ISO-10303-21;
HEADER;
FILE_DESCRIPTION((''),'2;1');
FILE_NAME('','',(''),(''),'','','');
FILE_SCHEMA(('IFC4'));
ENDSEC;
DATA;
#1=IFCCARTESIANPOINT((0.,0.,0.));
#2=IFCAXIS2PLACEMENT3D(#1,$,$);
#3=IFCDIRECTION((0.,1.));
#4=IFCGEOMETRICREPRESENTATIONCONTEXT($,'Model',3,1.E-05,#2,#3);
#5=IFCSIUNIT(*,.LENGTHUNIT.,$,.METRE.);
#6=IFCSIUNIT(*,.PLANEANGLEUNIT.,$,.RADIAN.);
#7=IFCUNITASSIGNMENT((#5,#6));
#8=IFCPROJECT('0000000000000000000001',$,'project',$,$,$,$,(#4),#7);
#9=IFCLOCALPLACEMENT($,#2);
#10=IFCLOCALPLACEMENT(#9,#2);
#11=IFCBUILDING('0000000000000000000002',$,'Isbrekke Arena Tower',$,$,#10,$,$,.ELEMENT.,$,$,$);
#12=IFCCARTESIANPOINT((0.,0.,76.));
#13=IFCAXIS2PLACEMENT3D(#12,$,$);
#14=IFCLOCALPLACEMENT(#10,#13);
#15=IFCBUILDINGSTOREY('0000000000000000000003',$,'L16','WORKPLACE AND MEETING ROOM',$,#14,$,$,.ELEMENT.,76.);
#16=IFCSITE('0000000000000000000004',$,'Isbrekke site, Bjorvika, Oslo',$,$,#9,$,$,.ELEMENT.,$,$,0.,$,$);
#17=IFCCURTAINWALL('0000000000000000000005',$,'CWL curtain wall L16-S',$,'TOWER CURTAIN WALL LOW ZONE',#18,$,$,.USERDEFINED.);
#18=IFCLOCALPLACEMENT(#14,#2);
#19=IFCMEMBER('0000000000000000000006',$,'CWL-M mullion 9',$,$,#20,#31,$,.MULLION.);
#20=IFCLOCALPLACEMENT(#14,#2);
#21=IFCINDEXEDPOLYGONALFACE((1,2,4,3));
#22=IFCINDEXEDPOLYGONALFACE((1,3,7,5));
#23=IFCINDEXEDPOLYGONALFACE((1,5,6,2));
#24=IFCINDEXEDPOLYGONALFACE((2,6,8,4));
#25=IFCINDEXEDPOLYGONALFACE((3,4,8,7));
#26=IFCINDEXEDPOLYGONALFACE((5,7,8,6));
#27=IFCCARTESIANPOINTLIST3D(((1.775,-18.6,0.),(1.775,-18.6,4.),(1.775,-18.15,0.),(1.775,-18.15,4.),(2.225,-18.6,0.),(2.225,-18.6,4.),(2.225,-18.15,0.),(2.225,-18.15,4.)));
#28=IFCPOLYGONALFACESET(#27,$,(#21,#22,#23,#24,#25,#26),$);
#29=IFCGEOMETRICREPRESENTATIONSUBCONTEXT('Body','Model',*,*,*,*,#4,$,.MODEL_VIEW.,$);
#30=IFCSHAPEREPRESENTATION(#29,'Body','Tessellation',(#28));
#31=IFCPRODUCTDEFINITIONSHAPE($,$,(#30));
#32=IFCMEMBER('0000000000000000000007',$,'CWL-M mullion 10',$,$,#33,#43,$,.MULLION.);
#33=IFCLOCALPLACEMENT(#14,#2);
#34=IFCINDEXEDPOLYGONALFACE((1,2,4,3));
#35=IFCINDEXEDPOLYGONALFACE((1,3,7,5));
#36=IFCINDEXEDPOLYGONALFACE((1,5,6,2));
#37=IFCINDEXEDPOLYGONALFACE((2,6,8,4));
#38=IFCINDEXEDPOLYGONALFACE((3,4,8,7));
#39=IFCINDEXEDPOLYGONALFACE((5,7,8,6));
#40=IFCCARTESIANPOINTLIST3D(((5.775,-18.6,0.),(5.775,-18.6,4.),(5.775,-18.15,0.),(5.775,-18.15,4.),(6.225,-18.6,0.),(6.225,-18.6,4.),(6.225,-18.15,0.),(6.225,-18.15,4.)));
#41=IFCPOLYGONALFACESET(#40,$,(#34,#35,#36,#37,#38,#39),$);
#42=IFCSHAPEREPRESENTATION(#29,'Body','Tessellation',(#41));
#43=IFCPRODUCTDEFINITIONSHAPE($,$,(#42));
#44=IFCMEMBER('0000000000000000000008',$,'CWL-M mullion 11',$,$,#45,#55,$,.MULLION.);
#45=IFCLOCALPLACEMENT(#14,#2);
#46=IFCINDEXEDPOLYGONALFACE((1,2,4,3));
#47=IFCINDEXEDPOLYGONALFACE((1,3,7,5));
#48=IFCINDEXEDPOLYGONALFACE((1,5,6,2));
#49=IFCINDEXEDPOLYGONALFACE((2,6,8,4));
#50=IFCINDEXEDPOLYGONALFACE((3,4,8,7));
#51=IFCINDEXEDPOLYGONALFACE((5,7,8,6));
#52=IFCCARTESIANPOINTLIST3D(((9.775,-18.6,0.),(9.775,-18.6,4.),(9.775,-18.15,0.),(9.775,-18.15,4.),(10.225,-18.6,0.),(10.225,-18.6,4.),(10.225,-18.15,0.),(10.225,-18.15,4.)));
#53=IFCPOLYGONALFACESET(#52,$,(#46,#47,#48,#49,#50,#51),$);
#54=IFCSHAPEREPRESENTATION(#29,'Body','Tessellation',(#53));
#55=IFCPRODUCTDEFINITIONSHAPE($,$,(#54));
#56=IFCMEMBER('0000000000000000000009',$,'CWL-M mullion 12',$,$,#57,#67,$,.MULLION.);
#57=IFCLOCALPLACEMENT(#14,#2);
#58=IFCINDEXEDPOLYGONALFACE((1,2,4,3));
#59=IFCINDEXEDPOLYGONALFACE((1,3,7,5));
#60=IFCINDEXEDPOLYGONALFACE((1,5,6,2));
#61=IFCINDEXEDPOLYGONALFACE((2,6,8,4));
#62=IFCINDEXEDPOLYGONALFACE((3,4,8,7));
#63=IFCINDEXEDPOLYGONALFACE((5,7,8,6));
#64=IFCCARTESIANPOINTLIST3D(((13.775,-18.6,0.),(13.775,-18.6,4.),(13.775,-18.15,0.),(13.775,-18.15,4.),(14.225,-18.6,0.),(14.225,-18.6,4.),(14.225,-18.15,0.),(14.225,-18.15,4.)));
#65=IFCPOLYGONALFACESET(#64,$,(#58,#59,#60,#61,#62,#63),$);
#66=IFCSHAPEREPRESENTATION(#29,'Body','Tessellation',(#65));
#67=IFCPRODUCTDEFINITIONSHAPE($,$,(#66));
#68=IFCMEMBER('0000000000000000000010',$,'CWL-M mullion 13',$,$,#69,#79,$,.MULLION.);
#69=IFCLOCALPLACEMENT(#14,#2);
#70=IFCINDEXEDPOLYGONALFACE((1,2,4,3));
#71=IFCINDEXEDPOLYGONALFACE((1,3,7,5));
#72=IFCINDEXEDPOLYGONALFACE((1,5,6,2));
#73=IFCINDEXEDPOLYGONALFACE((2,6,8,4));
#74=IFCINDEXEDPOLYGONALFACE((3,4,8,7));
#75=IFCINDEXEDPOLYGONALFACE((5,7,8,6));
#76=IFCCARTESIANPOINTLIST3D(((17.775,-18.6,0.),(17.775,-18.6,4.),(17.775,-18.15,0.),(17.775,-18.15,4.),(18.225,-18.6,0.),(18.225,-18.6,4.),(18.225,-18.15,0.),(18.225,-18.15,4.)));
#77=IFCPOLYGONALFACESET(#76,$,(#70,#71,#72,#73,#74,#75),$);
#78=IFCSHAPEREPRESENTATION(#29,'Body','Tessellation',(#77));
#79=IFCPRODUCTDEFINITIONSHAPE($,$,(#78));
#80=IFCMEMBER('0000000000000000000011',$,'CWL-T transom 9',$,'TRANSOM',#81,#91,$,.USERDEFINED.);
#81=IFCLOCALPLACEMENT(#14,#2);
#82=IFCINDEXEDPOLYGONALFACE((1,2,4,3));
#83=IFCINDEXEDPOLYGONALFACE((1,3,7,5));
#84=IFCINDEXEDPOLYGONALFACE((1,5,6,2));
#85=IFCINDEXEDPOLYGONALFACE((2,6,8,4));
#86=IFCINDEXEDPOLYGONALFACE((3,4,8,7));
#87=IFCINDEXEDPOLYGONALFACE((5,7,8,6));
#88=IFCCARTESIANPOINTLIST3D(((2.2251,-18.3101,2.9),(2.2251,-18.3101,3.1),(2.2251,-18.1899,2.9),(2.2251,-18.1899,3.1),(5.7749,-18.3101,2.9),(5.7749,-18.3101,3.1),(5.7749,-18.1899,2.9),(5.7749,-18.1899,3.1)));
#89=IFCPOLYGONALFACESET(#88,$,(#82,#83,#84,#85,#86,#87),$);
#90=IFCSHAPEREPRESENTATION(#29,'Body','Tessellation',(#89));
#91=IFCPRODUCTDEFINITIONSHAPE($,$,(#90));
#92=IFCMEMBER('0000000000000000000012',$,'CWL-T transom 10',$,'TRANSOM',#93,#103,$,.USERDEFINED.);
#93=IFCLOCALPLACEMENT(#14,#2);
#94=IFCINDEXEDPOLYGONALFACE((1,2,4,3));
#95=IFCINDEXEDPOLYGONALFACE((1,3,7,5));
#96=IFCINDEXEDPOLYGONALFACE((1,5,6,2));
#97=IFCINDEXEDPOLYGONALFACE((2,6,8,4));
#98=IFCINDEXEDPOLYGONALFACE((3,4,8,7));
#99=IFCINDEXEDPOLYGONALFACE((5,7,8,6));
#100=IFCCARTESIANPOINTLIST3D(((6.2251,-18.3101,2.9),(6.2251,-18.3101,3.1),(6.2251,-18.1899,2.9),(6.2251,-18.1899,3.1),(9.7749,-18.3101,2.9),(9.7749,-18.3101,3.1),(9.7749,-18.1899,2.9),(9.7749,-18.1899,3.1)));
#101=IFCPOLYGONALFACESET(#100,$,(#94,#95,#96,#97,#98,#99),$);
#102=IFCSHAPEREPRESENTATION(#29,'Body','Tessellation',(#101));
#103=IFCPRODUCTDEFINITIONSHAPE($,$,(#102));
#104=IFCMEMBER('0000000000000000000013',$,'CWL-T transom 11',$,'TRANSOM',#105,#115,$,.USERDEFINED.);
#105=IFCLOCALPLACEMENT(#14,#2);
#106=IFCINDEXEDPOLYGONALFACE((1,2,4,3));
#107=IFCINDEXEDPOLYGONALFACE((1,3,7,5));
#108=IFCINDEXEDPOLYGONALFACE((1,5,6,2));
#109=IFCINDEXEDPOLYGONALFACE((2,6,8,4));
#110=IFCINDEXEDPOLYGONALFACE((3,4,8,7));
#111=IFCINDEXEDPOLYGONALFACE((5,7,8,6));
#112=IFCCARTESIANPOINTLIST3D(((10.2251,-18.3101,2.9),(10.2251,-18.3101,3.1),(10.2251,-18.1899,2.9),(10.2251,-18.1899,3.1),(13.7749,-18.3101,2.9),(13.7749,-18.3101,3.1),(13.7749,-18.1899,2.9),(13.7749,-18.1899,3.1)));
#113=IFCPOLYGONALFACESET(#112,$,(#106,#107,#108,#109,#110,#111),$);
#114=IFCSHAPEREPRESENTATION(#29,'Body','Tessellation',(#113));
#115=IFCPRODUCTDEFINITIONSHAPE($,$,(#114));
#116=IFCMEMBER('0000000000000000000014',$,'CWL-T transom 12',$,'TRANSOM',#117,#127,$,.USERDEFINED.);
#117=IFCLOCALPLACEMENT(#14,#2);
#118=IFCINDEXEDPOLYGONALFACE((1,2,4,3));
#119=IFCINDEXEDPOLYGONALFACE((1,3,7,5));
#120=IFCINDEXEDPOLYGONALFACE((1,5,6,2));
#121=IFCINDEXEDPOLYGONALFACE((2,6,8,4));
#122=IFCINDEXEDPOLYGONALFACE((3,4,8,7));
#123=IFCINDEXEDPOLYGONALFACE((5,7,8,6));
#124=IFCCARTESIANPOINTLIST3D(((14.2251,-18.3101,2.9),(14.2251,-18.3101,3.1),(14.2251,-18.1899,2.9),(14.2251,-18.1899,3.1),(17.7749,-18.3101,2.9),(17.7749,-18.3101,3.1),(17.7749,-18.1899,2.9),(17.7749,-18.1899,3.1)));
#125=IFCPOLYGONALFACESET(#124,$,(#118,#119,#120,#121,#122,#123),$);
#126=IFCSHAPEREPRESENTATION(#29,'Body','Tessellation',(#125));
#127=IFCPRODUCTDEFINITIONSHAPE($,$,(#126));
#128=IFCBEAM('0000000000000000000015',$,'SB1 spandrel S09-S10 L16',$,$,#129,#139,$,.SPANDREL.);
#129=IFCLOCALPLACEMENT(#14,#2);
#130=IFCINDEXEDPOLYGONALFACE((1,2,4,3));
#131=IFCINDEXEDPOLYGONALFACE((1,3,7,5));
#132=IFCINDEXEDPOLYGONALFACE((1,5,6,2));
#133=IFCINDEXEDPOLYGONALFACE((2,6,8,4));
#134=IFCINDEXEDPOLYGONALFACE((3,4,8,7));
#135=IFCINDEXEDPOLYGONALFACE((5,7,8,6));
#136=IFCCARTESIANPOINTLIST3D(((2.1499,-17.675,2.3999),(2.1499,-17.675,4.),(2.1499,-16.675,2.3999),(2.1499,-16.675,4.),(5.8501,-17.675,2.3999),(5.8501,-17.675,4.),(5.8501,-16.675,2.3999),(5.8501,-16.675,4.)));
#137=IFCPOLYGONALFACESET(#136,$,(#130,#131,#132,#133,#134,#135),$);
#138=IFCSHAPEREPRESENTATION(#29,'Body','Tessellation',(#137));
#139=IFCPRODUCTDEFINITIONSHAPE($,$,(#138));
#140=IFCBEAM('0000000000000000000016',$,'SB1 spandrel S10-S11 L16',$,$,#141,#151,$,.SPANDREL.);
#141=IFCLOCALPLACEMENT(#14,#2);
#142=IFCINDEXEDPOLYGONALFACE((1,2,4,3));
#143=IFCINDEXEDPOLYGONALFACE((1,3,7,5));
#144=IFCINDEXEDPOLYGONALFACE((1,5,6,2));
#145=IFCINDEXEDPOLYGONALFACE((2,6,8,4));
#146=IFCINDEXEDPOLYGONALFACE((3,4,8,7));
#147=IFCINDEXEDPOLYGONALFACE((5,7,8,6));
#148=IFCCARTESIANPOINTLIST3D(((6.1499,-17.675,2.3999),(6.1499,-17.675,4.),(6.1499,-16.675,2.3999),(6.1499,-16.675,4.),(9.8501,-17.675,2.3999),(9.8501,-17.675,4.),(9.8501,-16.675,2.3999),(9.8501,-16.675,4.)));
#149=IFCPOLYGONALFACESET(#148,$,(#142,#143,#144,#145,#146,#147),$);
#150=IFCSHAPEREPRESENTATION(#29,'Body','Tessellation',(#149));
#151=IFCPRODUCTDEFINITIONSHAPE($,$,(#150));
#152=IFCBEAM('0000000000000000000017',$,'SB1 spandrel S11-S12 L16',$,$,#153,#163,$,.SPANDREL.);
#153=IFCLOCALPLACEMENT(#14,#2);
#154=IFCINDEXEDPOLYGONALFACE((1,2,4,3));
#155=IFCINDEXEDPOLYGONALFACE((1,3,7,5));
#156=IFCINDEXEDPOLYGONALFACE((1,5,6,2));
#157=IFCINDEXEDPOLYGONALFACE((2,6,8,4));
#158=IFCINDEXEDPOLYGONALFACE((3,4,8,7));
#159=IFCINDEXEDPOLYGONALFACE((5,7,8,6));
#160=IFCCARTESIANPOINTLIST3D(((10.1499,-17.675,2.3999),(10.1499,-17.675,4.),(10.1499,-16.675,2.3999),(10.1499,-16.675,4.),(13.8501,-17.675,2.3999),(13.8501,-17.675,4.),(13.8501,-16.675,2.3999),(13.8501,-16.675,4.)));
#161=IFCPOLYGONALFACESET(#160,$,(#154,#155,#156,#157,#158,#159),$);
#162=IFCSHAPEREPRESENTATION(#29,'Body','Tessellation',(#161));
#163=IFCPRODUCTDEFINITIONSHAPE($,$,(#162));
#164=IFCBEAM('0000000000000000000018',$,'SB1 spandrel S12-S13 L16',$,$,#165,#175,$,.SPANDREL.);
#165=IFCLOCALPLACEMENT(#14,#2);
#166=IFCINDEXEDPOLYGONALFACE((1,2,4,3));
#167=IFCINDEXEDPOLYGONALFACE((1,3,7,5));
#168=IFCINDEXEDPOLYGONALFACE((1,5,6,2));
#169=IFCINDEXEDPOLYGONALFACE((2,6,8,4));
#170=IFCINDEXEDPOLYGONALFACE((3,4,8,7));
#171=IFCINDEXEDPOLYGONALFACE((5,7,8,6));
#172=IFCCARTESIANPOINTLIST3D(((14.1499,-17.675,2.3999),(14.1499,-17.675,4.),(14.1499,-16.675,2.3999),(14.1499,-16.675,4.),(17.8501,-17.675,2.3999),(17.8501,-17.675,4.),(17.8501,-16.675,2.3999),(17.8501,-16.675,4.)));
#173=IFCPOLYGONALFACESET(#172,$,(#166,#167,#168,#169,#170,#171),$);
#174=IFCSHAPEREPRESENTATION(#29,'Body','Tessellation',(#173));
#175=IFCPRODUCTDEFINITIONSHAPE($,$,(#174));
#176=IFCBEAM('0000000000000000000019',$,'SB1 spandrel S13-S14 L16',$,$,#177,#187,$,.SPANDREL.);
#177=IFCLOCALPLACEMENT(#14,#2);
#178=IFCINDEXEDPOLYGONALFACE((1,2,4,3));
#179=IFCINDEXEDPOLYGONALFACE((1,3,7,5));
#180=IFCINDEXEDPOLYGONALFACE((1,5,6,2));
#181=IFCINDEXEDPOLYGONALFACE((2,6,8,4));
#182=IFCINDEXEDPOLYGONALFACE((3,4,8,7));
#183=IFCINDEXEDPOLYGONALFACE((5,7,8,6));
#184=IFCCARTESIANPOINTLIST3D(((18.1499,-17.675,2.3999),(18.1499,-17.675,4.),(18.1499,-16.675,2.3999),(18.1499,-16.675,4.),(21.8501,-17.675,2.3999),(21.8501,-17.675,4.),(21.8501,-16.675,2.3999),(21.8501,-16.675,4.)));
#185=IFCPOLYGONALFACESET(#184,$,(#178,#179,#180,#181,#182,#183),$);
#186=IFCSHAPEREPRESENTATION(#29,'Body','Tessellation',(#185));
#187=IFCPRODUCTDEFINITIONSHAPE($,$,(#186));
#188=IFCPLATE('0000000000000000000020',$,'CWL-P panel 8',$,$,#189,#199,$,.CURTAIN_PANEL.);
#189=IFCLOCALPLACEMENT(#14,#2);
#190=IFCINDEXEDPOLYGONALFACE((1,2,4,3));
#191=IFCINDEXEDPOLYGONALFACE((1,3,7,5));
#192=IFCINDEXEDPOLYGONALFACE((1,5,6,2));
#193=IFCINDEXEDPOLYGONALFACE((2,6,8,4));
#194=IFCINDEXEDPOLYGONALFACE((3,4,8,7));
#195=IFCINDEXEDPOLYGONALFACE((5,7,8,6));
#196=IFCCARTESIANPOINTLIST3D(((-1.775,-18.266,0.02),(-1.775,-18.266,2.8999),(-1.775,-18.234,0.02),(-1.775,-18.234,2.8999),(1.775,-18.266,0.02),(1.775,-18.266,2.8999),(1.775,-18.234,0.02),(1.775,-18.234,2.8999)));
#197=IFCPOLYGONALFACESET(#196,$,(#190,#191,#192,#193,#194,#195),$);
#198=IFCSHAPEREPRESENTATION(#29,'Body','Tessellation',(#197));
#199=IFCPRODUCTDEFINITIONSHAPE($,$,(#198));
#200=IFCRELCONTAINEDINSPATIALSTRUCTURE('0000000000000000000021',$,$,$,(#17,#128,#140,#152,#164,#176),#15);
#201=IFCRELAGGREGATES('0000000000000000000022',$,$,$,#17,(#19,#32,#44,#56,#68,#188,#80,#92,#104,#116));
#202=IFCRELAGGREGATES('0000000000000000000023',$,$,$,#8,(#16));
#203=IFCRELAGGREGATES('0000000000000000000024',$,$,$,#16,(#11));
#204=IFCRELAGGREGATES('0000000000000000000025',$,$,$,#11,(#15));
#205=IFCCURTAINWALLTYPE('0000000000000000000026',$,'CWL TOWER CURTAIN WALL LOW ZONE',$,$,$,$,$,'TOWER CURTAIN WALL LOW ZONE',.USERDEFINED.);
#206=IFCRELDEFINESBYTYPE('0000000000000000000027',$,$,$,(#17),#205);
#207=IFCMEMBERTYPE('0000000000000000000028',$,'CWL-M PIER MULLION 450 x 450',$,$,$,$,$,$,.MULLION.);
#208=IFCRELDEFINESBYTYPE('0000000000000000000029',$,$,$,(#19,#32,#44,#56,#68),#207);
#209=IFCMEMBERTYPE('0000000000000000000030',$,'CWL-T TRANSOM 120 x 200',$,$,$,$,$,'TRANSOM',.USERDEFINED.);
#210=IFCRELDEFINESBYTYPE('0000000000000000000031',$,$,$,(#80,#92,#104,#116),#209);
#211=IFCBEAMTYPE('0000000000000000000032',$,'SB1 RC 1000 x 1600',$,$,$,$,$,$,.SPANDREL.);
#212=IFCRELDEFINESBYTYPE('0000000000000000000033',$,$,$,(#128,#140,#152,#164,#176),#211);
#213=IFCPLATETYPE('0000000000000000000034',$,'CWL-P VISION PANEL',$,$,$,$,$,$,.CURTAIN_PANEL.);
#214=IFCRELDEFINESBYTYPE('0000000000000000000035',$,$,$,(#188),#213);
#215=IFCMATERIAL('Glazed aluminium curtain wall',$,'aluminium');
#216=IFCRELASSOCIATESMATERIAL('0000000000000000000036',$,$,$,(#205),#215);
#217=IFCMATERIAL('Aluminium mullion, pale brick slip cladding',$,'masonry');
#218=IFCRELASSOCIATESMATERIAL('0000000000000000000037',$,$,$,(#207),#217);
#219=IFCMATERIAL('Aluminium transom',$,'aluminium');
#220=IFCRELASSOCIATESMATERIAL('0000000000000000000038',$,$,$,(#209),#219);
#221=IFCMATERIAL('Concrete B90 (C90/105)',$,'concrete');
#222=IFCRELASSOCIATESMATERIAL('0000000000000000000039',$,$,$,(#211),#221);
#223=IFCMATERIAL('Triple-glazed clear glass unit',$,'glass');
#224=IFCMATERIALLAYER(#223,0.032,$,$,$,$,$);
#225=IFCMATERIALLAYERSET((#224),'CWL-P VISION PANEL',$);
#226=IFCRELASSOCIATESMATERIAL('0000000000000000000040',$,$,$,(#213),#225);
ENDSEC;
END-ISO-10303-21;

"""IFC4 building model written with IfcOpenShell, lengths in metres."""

from ifc_helpers import new_model, si_unit, direction, frame, origin, origin_2d, place, context, subcontext, project, spatial, rectangle, extrude, material, layer, layer_set, material_profile, profile_set, type_object, element, aggregate, save


model = new_model("IFC4")

# Units and contexts
model_context = context("Model", 3, precision=1e-05, world=origin(), true_north=direction((0.0, 1.0)))
body_context = subcontext(model_context, "Body", "Model", "MODEL_VIEW")
ifc_project = project(units=[si_unit("LENGTHUNIT", "METRE"), si_unit("PLANEANGLEUNIT", "RADIAN")], contexts=[model_context])

# Site, building, storey
site_placement = place(None, origin())
site = spatial("IfcSite", under=ifc_project, at=site_placement, Name="Isbrekke site, Bjorvika, Oslo", CompositionType="ELEMENT", RefElevation=0.0)
building_placement = place(site_placement, origin())
building = spatial("IfcBuilding", under=site, at=building_placement, Name="Isbrekke Arena Tower", CompositionType="ELEMENT")
storey_placement = place(building_placement, frame((0.0, 0.0, 76.0)))
storey = spatial("IfcBuildingStorey", under=building, at=storey_placement, Name="L16", Description="WORKPLACE AND MEETING ROOM", CompositionType="ELEMENT", Elevation=76.0)

# Curtain wall, members
ifc_material_1 = material(Name="Glazed aluminium curtain wall", Category="aluminium")
curtain_wall_type = type_object("IfcCurtainWallType", Name="CWL TOWER CURTAIN WALL LOW ZONE", ElementType="TOWER CURTAIN WALL LOW ZONE", PredefinedType="USERDEFINED", material=ifc_material_1)
curtain_wall_placement = place(storey_placement, origin())
curtain_wall = element("IfcCurtainWall", 1, at=curtain_wall_placement, inside=storey, type_object=curtain_wall_type, Name="CWL curtain wall L16-S", ObjectType="TOWER CURTAIN WALL LOW ZONE", PredefinedType="USERDEFINED")
ifc_material_2 = material(Name="Aluminium mullion, pale brick slip cladding", Category="masonry")
ifc_material_profile_1 = material_profile(ifc_material_2, rectangle(XDim=0.45, YDim=0.45, at=origin_2d()), Name="PIER 450X450")
ifc_profile_set_1 = profile_set([ifc_material_profile_1], Name="Aluminium mullion, pale brick slip cladding")
member_type_1 = type_object("IfcMemberType", Name="CWL-M PIER MULLION 450 x 450", PredefinedType="MULLION", material=ifc_profile_set_1)
member_1_placement = place(storey_placement, frame((2.0, -18.375, 0.0), z_axis=(0.0, 0.0, 1.0), x_axis=(1.0, 0.0, 0.0)))
member_1 = element("IfcMember", 2, at=member_1_placement, type_object=member_type_1, Name="CWL-M mullion 9", PredefinedType="MULLION", context=body_context, shape_type="SweptSolid", body=[
    extrude(rectangle(XDim=0.45, YDim=0.45, at=origin_2d()), origin(), (0.0, 0.0, 1.0), 4.0),
])
member_2_placement = place(storey_placement, frame((6.0, -18.375, 0.0), z_axis=(0.0, 0.0, 1.0), x_axis=(1.0, 0.0, 0.0)))
member_2 = element("IfcMember", 3, at=member_2_placement, type_object=member_type_1, Name="CWL-M mullion 10", PredefinedType="MULLION", context=body_context, shape_type="SweptSolid", body=[
    extrude(rectangle(XDim=0.45, YDim=0.45, at=origin_2d()), origin(), (0.0, 0.0, 1.0), 4.0),
])
member_3_placement = place(storey_placement, frame((10.0, -18.375, 0.0), z_axis=(0.0, 0.0, 1.0), x_axis=(1.0, 0.0, 0.0)))
member_3 = element("IfcMember", 4, at=member_3_placement, type_object=member_type_1, Name="CWL-M mullion 11", PredefinedType="MULLION", context=body_context, shape_type="SweptSolid", body=[
    extrude(rectangle(XDim=0.45, YDim=0.45, at=origin_2d()), origin(), (0.0, 0.0, 1.0), 4.0),
])
member_4_placement = place(storey_placement, frame((14.0, -18.375, 0.0), z_axis=(0.0, 0.0, 1.0), x_axis=(1.0, 0.0, 0.0)))
member_4 = element("IfcMember", 5, at=member_4_placement, type_object=member_type_1, Name="CWL-M mullion 12", PredefinedType="MULLION", context=body_context, shape_type="SweptSolid", body=[
    extrude(rectangle(XDim=0.45, YDim=0.45, at=origin_2d()), origin(), (0.0, 0.0, 1.0), 4.0),
])
member_5_placement = place(storey_placement, frame((18.0, -18.375, 0.0), z_axis=(0.0, 0.0, 1.0), x_axis=(1.0, 0.0, 0.0)))
member_5 = element("IfcMember", 6, at=member_5_placement, type_object=member_type_1, Name="CWL-M mullion 13", PredefinedType="MULLION", context=body_context, shape_type="SweptSolid", body=[
    extrude(rectangle(XDim=0.45, YDim=0.45, at=origin_2d()), origin(), (0.0, 0.0, 1.0), 4.0),
])
ifc_material_3 = material(Name="Aluminium transom", Category="aluminium")
ifc_material_profile_2 = material_profile(ifc_material_3, rectangle(XDim=0.1201, YDim=0.2, at=origin_2d()), Name="TRANSOM 120X200")
ifc_profile_set_2 = profile_set([ifc_material_profile_2], Name="Aluminium transom")
member_type_2 = type_object("IfcMemberType", Name="CWL-T TRANSOM 120 x 200", ElementType="TRANSOM", PredefinedType="USERDEFINED", material=ifc_profile_set_2)
member_6_placement = place(storey_placement, frame((2.2251, -18.25, 3.0), z_axis=(1.0, 0.0, 0.0), x_axis=(0.0, 1.0, 0.0)))
member_6 = element("IfcMember", 7, at=member_6_placement, type_object=member_type_2, Name="CWL-T transom 9", ObjectType="TRANSOM", PredefinedType="USERDEFINED", context=body_context, shape_type="SweptSolid", body=[
    extrude(rectangle(XDim=0.1201, YDim=0.2, at=origin_2d()), origin(), (0.0, 0.0, 1.0), 3.5498),
])
member_7_placement = place(storey_placement, frame((6.2251, -18.25, 3.0), z_axis=(1.0, 0.0, 0.0), x_axis=(0.0, 1.0, 0.0)))
member_7 = element("IfcMember", 8, at=member_7_placement, type_object=member_type_2, Name="CWL-T transom 10", ObjectType="TRANSOM", PredefinedType="USERDEFINED", context=body_context, shape_type="SweptSolid", body=[
    extrude(rectangle(XDim=0.1201, YDim=0.2, at=origin_2d()), origin(), (0.0, 0.0, 1.0), 3.5498),
])
member_8_placement = place(storey_placement, frame((10.2251, -18.25, 3.0), z_axis=(1.0, 0.0, 0.0), x_axis=(0.0, 1.0, 0.0)))
member_8 = element("IfcMember", 9, at=member_8_placement, type_object=member_type_2, Name="CWL-T transom 11", ObjectType="TRANSOM", PredefinedType="USERDEFINED", context=body_context, shape_type="SweptSolid", body=[
    extrude(rectangle(XDim=0.1201, YDim=0.2, at=origin_2d()), origin(), (0.0, 0.0, 1.0), 3.5498),
])
member_9_placement = place(storey_placement, frame((14.2251, -18.25, 3.0), z_axis=(1.0, 0.0, 0.0), x_axis=(0.0, 1.0, 0.0)))
member_9 = element("IfcMember", 10, at=member_9_placement, type_object=member_type_2, Name="CWL-T transom 12", ObjectType="TRANSOM", PredefinedType="USERDEFINED", context=body_context, shape_type="SweptSolid", body=[
    extrude(rectangle(XDim=0.1201, YDim=0.2, at=origin_2d()), origin(), (0.0, 0.0, 1.0), 3.5498),
])

# Beams
ifc_material_4 = material(Name="Concrete B90 (C90/105)", Category="concrete")
ifc_material_profile_3 = material_profile(ifc_material_4, rectangle(XDim=1.0, YDim=1.6001, at=origin_2d()), Name="RC 1000x1600")
ifc_profile_set_3 = profile_set([ifc_material_profile_3], Name="Concrete B90 (C90/105)")
beam_type_1 = type_object("IfcBeamType", Name="SB1 RC 1000 x 1600", PredefinedType="SPANDREL", material=ifc_profile_set_3)
for number, where, z_axis, x_axis, name in (
    (11, (2.1499, -17.175, 3.2), (1.0, 0.0, 0.0), (0.0, 1.0, 0.0), "SB1 spandrel S09-S10 L16"),
    (12, (6.1499, -17.175, 3.2), (1.0, 0.0, 0.0), (0.0, 1.0, 0.0), "SB1 spandrel S10-S11 L16"),
    (13, (10.1499, -17.175, 3.2), (1.0, 0.0, 0.0), (0.0, 1.0, 0.0), "SB1 spandrel S11-S12 L16"),
    (14, (14.1499, -17.175, 3.2), (1.0, 0.0, 0.0), (0.0, 1.0, 0.0), "SB1 spandrel S12-S13 L16"),
    (15, (18.1499, -17.175, 3.2), (1.0, 0.0, 0.0), (0.0, 1.0, 0.0), "SB1 spandrel S13-S14 L16"),
):
    element("IfcBeam", number, at=place(storey_placement, frame(where, z_axis=z_axis, x_axis=x_axis)), inside=storey, type_object=beam_type_1, Name=name, PredefinedType="SPANDREL", context=body_context, shape_type="SweptSolid", body=[
        extrude(rectangle(XDim=1.0, YDim=1.6001, at=origin_2d()), origin(), (0.0, 0.0, 1.0), 3.7002),
    ])

# Plate
ifc_material_5 = material(Name="Triple-glazed clear glass unit", Category="glass")
ifc_layer = layer(ifc_material_5, 0.032)
ifc_layer_set = layer_set([ifc_layer], Name="CWL-P VISION PANEL")
plate_type = type_object("IfcPlateType", Name="CWL-P VISION PANEL", PredefinedType="CURTAIN_PANEL", material=ifc_layer_set)
plate_1_placement = place(storey_placement, frame((0.0, -18.25, 0.02), z_axis=(0.0, 0.0, 1.0), x_axis=(1.0, 0.0, 0.0)))
plate_1 = element("IfcPlate", 16, at=plate_1_placement, type_object=plate_type, Name="CWL-P panel 8", PredefinedType="CURTAIN_PANEL", context=body_context, shape_type="SweptSolid", body=[
    extrude(rectangle(XDim=3.55, YDim=0.032, at=origin_2d()), origin(), (0.0, 0.0, 1.0), 2.8799),
])
aggregate(curtain_wall, [member_1, member_2, member_3, member_4, member_5, plate_1, member_6, member_7, member_8, member_9])

save(model, "model.ifc")
